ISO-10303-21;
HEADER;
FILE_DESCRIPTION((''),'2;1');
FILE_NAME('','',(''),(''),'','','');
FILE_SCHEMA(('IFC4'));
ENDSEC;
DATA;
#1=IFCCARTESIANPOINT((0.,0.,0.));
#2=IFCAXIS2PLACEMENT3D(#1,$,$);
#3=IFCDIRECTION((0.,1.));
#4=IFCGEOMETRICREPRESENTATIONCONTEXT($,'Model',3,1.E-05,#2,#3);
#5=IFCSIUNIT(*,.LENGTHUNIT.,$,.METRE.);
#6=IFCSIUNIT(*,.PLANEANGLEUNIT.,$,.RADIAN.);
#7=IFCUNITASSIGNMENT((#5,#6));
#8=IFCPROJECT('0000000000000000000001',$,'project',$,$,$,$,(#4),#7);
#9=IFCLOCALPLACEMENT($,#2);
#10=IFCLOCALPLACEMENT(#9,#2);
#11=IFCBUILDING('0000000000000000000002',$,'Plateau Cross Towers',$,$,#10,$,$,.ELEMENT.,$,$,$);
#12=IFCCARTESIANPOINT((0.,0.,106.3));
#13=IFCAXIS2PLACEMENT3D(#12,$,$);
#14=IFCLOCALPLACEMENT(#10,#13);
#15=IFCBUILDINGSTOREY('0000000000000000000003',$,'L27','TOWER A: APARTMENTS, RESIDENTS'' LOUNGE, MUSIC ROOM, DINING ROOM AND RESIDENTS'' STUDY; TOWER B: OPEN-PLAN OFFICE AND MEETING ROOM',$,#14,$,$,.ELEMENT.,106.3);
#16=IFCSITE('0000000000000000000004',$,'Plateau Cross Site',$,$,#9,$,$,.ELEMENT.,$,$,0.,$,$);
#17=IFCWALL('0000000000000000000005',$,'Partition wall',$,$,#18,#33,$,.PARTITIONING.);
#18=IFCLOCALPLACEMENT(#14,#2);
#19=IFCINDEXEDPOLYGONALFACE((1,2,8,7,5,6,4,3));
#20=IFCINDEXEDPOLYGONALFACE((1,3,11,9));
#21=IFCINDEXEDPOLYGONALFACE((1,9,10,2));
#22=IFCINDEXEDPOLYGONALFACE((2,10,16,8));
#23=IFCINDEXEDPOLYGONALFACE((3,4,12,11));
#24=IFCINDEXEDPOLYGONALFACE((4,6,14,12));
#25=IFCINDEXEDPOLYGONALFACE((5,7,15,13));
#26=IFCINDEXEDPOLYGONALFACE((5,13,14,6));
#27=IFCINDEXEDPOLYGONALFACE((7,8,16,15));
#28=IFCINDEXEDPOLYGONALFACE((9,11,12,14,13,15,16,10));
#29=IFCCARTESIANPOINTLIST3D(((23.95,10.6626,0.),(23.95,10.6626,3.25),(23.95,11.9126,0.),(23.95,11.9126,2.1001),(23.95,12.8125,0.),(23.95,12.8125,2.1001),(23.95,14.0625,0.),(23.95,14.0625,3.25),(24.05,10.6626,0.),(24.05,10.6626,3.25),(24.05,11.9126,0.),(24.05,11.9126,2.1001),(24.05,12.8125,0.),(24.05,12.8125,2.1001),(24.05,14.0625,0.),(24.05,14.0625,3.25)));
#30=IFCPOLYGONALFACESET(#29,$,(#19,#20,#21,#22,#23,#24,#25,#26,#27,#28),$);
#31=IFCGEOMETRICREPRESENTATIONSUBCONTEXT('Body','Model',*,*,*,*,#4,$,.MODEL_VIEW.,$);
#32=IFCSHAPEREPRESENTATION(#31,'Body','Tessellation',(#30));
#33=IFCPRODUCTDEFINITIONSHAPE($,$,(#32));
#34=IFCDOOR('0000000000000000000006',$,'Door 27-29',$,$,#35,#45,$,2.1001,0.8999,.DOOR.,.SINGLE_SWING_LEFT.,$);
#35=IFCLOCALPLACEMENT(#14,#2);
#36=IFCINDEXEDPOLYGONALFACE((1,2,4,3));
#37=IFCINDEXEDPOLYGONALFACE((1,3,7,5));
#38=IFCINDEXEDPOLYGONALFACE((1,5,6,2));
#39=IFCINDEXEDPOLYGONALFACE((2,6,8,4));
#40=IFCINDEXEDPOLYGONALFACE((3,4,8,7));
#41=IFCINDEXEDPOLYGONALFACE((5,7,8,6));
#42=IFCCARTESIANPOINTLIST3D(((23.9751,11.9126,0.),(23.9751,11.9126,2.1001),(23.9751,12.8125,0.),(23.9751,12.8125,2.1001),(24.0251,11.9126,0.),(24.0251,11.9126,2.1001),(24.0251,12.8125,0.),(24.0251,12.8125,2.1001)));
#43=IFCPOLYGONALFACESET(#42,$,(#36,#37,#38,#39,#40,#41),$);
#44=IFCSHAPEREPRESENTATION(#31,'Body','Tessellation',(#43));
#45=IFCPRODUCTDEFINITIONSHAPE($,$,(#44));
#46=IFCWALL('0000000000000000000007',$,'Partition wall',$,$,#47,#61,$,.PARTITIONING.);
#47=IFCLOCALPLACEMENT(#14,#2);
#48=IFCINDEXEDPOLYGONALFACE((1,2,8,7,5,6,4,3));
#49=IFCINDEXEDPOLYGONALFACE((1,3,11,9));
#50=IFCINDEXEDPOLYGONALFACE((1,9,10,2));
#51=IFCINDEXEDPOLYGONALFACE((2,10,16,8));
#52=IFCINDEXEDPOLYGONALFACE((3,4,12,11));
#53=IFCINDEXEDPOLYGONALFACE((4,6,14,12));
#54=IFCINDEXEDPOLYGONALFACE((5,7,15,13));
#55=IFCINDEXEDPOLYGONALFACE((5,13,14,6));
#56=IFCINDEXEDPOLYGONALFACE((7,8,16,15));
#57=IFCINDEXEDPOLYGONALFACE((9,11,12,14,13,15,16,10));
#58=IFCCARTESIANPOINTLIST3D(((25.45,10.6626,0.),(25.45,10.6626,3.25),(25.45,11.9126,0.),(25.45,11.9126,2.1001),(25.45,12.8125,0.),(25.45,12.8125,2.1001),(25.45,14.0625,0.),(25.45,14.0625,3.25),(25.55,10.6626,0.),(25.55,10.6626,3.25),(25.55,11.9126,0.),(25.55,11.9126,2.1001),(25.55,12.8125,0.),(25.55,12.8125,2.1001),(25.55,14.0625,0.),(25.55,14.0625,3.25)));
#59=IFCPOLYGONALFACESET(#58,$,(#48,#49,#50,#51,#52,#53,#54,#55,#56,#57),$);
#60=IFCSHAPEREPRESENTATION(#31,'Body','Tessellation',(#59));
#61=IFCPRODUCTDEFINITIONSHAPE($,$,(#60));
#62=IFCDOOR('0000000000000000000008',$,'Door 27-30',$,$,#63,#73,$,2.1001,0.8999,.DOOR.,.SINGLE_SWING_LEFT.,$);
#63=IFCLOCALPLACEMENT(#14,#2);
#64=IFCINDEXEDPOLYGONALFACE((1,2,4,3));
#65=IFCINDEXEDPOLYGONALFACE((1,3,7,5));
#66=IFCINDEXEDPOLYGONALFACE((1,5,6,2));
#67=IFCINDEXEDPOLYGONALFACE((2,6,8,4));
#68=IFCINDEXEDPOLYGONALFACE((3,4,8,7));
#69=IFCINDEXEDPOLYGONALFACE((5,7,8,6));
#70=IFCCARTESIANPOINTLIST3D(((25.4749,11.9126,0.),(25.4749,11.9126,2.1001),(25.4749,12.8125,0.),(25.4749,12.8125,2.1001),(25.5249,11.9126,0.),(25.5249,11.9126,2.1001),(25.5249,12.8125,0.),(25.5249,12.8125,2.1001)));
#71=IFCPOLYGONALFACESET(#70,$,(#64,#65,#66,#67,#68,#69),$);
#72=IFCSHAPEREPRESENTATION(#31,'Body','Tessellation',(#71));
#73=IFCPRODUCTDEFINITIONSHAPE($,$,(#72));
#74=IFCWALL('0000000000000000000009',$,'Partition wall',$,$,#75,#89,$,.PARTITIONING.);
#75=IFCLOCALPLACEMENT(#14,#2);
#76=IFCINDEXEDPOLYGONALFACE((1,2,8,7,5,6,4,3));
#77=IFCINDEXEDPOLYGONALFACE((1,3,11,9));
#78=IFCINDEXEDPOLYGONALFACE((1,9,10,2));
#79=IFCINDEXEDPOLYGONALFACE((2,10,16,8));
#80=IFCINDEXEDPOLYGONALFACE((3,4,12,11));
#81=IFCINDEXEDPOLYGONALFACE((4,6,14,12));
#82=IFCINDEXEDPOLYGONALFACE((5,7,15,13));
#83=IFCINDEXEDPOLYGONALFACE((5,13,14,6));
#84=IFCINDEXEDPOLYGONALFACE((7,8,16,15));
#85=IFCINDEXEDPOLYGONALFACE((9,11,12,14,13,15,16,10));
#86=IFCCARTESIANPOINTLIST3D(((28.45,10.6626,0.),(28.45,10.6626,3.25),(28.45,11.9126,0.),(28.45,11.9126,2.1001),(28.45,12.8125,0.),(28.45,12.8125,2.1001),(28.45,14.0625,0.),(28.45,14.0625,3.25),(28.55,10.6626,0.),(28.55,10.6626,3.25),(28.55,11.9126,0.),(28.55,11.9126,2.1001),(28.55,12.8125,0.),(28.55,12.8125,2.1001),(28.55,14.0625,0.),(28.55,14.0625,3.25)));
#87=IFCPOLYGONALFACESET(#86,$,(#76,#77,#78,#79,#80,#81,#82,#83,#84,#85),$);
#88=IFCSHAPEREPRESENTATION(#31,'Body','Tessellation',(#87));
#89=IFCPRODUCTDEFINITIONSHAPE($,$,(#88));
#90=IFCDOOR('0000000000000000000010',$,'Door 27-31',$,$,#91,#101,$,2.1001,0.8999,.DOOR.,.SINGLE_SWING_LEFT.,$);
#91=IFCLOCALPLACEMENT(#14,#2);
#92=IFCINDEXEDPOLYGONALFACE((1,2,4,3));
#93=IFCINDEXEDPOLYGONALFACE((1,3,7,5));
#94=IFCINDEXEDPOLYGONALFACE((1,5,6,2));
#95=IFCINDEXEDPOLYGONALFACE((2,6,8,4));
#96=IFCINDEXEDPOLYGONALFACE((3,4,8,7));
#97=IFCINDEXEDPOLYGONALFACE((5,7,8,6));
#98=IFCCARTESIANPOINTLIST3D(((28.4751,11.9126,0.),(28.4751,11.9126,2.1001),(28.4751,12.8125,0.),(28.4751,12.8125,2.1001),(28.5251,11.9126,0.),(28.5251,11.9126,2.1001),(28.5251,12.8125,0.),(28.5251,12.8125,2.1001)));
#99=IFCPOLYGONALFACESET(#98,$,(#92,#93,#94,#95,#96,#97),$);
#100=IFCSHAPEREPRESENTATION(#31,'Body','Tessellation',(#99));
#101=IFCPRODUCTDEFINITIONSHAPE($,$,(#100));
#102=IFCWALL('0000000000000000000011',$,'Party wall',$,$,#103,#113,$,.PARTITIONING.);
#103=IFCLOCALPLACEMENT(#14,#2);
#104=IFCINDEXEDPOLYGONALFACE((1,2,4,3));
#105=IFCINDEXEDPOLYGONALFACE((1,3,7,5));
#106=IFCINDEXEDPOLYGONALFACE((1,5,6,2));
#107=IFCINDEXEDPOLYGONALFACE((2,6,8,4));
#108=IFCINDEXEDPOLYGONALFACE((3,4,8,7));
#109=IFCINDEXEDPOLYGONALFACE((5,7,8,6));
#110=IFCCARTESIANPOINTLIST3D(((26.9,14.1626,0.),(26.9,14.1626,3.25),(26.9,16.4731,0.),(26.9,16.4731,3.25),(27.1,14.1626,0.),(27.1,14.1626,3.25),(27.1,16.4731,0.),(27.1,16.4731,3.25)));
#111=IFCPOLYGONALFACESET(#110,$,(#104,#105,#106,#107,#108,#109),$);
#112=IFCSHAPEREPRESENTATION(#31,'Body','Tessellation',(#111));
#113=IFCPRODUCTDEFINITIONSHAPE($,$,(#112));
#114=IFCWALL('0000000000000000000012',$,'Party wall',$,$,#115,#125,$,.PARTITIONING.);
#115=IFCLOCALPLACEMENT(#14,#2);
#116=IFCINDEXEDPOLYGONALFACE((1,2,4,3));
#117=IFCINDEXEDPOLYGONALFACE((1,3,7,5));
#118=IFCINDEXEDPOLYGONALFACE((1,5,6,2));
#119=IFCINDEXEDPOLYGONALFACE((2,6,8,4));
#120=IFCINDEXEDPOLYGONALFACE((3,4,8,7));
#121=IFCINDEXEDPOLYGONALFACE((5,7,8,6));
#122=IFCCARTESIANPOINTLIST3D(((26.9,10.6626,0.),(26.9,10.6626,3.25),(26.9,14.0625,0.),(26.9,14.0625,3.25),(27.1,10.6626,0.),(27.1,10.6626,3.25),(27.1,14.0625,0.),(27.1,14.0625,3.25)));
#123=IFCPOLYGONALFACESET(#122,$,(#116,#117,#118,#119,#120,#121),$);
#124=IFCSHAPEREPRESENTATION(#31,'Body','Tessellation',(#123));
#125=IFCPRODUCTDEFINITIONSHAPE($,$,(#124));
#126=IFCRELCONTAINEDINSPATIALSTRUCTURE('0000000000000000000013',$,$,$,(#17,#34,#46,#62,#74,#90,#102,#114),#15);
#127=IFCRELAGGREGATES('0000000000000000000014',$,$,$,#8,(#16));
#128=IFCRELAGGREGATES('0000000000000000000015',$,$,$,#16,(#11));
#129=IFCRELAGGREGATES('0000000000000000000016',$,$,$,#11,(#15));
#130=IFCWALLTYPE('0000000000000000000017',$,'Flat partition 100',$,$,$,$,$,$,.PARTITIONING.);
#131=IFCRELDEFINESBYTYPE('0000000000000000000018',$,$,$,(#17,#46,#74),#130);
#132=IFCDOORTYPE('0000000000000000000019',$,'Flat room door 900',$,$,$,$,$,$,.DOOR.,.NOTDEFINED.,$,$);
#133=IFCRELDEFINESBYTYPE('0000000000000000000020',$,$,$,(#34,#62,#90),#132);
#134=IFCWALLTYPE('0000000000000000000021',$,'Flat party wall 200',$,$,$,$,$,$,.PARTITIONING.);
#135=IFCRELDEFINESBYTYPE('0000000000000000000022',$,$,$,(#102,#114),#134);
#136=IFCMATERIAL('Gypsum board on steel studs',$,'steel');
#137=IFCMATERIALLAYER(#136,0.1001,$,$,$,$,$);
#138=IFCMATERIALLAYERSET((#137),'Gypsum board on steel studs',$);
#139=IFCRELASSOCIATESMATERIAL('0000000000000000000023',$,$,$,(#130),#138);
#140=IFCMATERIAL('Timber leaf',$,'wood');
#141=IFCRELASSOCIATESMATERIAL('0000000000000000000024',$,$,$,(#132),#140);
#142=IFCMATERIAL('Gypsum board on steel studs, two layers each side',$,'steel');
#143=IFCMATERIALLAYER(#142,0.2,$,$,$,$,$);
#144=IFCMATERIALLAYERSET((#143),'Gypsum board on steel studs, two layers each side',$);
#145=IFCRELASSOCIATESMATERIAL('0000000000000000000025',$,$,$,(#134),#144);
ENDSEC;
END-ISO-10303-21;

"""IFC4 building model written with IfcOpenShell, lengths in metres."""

from ifc_helpers import new_model, si_unit, direction, frame, frame_2d, origin, place, context, subcontext, project, spatial, rectangle, extrude, material, layer, layer_set, type_object, element, fill, save


model = new_model("IFC4")

# Units and contexts
model_context = context("Model", 3, precision=1e-05, world=origin(), true_north=direction((0.0, 1.0)))
body_context = subcontext(model_context, "Body", "Model", "MODEL_VIEW")
ifc_project = project(units=[si_unit("LENGTHUNIT", "METRE"), si_unit("PLANEANGLEUNIT", "RADIAN")], contexts=[model_context])

# Site, building, storey
site_placement = place(None, origin())
site = spatial("IfcSite", under=ifc_project, at=site_placement, Name="Plateau Cross Site", CompositionType="ELEMENT", RefElevation=0.0)
building_placement = place(site_placement, origin())
building = spatial("IfcBuilding", under=site, at=building_placement, Name="Plateau Cross Towers", CompositionType="ELEMENT")
storey_placement = place(building_placement, frame((0.0, 0.0, 106.3)))
storey = spatial("IfcBuildingStorey", under=building, at=storey_placement, Name="L27", Description="TOWER A: APARTMENTS, RESIDENTS' LOUNGE, MUSIC ROOM, DINING ROOM AND RESIDENTS' STUDY; TOWER B: OPEN-PLAN OFFICE AND MEETING ROOM", CompositionType="ELEMENT", Elevation=106.3)

# Shared definitions
ifc_material_1 = material(Name="Gypsum board on steel studs", Category="steel")
ifc_layer_1 = layer(ifc_material_1, 0.1001)
ifc_layer_set_1 = layer_set([ifc_layer_1], Name="Gypsum board on steel studs")
wall_type_1 = type_object("IfcWallType", Name="Flat partition 100", PredefinedType="PARTITIONING", material=ifc_layer_set_1)

# Walls, openings, doors
wall_1_placement = place(storey_placement, frame((24.0, 10.6626, 0.0), z_axis=(0.0, 0.0, 1.0), x_axis=(0.0, 1.0, 0.0)))
wall_1 = element("IfcWall", 1, at=wall_1_placement, inside=storey, type_object=wall_type_1, Name="Partition wall", PredefinedType="PARTITIONING", context=body_context, shape_type="SweptSolid", body=[
    extrude(rectangle(XDim=3.3999, YDim=0.1001, at=frame_2d((1.7, 0.0))), origin(), (0.0, 0.0, 1.0), 3.25),
])
opening_1_placement = place(wall_1_placement, frame((1.25, 0.0, 0.0)))
opening_1 = element("IfcOpeningElement", 2, at=opening_1_placement, cuts=wall_1, PredefinedType="OPENING", context=body_context, shape_type="SweptSolid", body=[
    extrude(rectangle(XDim=0.8999, YDim=2.1001, at=frame_2d((0.45, 1.05))), frame((0.0, 0.0601, 0.0), z_axis=(0.0, -1.0, 0.0), x_axis=(1.0, 0.0, 0.0)), (0.0, 0.0, 1.0), 0.1201),
])
ifc_material_2 = material(Name="Timber leaf", Category="wood")
door_type_1 = type_object("IfcDoorType", Name="Flat room door 900", OperationType="NOTDEFINED", PredefinedType="DOOR", material=ifc_material_2)
door_1_placement = place(opening_1_placement, origin())
door_1 = element("IfcDoor", 3, at=door_1_placement, inside=storey, type_object=door_type_1, Name="Door 27-29", OperationType="SINGLE_SWING_LEFT", OverallHeight=2.1001, OverallWidth=0.8999, PredefinedType="DOOR", context=body_context, shape_type="SweptSolid", body=[
    extrude(rectangle(XDim=0.8999, YDim=2.1001, at=frame_2d((0.45, 1.05))), frame((0.0, 0.0249, 0.0), z_axis=(0.0, -1.0, 0.0), x_axis=(1.0, 0.0, 0.0)), (0.0, 0.0, 1.0), 0.05),
])
fill(opening_1, door_1)
wall_2_placement = place(storey_placement, frame((25.5, 14.0625, 0.0), z_axis=(0.0, 0.0, 1.0), x_axis=(0.0, -1.0, 0.0)))
wall_2 = element("IfcWall", 4, at=wall_2_placement, inside=storey, type_object=wall_type_1, Name="Partition wall", PredefinedType="PARTITIONING", context=body_context, shape_type="SweptSolid", body=[
    extrude(rectangle(XDim=3.3999, YDim=0.1001, at=frame_2d((1.7, 0.0))), origin(), (0.0, 0.0, 1.0), 3.25),
])
opening_2_placement = place(wall_2_placement, frame((1.25, 0.0, 0.0)))
opening_2 = element("IfcOpeningElement", 5, at=opening_2_placement, cuts=wall_2, PredefinedType="OPENING", context=body_context, shape_type="SweptSolid", body=[
    extrude(rectangle(XDim=0.8999, YDim=2.1001, at=frame_2d((0.45, 1.05))), frame((0.0, 0.0601, 0.0), z_axis=(0.0, -1.0, 0.0), x_axis=(1.0, 0.0, 0.0)), (0.0, 0.0, 1.0), 0.1201),
])
door_2_placement = place(opening_2_placement, origin())
door_2 = element("IfcDoor", 6, at=door_2_placement, inside=storey, type_object=door_type_1, Name="Door 27-30", OperationType="SINGLE_SWING_LEFT", OverallHeight=2.1001, OverallWidth=0.8999, PredefinedType="DOOR", context=body_context, shape_type="SweptSolid", body=[
    extrude(rectangle(XDim=0.8999, YDim=2.1001, at=frame_2d((0.45, 1.05))), frame((0.0, 0.0249, 0.0), z_axis=(0.0, -1.0, 0.0), x_axis=(1.0, 0.0, 0.0)), (0.0, 0.0, 1.0), 0.05),
])
fill(opening_2, door_2)
wall_3_placement = place(storey_placement, frame((28.5, 10.6626, 0.0), z_axis=(0.0, 0.0, 1.0), x_axis=(0.0, 1.0, 0.0)))
wall_3 = element("IfcWall", 7, at=wall_3_placement, inside=storey, type_object=wall_type_1, Name="Partition wall", PredefinedType="PARTITIONING", context=body_context, shape_type="SweptSolid", body=[
    extrude(rectangle(XDim=3.3999, YDim=0.1001, at=frame_2d((1.7, 0.0))), origin(), (0.0, 0.0, 1.0), 3.25),
])
opening_3_placement = place(wall_3_placement, frame((1.25, 0.0, 0.0)))
opening_3 = element("IfcOpeningElement", 8, at=opening_3_placement, cuts=wall_3, PredefinedType="OPENING", context=body_context, shape_type="SweptSolid", body=[
    extrude(rectangle(XDim=0.8999, YDim=2.1001, at=frame_2d((0.45, 1.05))), frame((0.0, 0.0601, 0.0), z_axis=(0.0, -1.0, 0.0), x_axis=(1.0, 0.0, 0.0)), (0.0, 0.0, 1.0), 0.1201),
])
door_3_placement = place(opening_3_placement, origin())
door_3 = element("IfcDoor", 9, at=door_3_placement, inside=storey, type_object=door_type_1, Name="Door 27-31", OperationType="SINGLE_SWING_LEFT", OverallHeight=2.1001, OverallWidth=0.8999, PredefinedType="DOOR", context=body_context, shape_type="SweptSolid", body=[
    extrude(rectangle(XDim=0.8999, YDim=2.1001, at=frame_2d((0.45, 1.05))), frame((0.0, 0.0249, 0.0), z_axis=(0.0, -1.0, 0.0), x_axis=(1.0, 0.0, 0.0)), (0.0, 0.0, 1.0), 0.05),
])
fill(opening_3, door_3)

# Walls
ifc_material_3 = material(Name="Gypsum board on steel studs, two layers each side", Category="steel")
ifc_layer_2 = layer(ifc_material_3, 0.2)
ifc_layer_set_2 = layer_set([ifc_layer_2], Name="Gypsum board on steel studs, two layers each side")
wall_type_2 = type_object("IfcWallType", Name="Flat party wall 200", PredefinedType="PARTITIONING", material=ifc_layer_set_2)
wall_4_placement = place(storey_placement, frame((27.0, 16.4731, 0.0), z_axis=(0.0, 0.0, 1.0), x_axis=(0.0, -1.0, 0.0)))
element("IfcWall", 10, at=wall_4_placement, inside=storey, type_object=wall_type_2, Name="Party wall", PredefinedType="PARTITIONING", context=body_context, shape_type="SweptSolid", body=[
    extrude(rectangle(XDim=2.3105, YDim=0.2, at=frame_2d((1.1553, 0.0))), origin(), (0.0, 0.0, 1.0), 3.25),
])
wall_5_placement = place(storey_placement, frame((27.0, 10.6626, 0.0), z_axis=(0.0, 0.0, 1.0), x_axis=(0.0, 1.0, 0.0)))
element("IfcWall", 11, at=wall_5_placement, inside=storey, type_object=wall_type_2, Name="Party wall", PredefinedType="PARTITIONING", context=body_context, shape_type="SweptSolid", body=[
    extrude(rectangle(XDim=3.3999, YDim=0.2, at=frame_2d((1.7, 0.0))), origin(), (0.0, 0.0, 1.0), 3.25),
])

save(model, "model.ifc")
